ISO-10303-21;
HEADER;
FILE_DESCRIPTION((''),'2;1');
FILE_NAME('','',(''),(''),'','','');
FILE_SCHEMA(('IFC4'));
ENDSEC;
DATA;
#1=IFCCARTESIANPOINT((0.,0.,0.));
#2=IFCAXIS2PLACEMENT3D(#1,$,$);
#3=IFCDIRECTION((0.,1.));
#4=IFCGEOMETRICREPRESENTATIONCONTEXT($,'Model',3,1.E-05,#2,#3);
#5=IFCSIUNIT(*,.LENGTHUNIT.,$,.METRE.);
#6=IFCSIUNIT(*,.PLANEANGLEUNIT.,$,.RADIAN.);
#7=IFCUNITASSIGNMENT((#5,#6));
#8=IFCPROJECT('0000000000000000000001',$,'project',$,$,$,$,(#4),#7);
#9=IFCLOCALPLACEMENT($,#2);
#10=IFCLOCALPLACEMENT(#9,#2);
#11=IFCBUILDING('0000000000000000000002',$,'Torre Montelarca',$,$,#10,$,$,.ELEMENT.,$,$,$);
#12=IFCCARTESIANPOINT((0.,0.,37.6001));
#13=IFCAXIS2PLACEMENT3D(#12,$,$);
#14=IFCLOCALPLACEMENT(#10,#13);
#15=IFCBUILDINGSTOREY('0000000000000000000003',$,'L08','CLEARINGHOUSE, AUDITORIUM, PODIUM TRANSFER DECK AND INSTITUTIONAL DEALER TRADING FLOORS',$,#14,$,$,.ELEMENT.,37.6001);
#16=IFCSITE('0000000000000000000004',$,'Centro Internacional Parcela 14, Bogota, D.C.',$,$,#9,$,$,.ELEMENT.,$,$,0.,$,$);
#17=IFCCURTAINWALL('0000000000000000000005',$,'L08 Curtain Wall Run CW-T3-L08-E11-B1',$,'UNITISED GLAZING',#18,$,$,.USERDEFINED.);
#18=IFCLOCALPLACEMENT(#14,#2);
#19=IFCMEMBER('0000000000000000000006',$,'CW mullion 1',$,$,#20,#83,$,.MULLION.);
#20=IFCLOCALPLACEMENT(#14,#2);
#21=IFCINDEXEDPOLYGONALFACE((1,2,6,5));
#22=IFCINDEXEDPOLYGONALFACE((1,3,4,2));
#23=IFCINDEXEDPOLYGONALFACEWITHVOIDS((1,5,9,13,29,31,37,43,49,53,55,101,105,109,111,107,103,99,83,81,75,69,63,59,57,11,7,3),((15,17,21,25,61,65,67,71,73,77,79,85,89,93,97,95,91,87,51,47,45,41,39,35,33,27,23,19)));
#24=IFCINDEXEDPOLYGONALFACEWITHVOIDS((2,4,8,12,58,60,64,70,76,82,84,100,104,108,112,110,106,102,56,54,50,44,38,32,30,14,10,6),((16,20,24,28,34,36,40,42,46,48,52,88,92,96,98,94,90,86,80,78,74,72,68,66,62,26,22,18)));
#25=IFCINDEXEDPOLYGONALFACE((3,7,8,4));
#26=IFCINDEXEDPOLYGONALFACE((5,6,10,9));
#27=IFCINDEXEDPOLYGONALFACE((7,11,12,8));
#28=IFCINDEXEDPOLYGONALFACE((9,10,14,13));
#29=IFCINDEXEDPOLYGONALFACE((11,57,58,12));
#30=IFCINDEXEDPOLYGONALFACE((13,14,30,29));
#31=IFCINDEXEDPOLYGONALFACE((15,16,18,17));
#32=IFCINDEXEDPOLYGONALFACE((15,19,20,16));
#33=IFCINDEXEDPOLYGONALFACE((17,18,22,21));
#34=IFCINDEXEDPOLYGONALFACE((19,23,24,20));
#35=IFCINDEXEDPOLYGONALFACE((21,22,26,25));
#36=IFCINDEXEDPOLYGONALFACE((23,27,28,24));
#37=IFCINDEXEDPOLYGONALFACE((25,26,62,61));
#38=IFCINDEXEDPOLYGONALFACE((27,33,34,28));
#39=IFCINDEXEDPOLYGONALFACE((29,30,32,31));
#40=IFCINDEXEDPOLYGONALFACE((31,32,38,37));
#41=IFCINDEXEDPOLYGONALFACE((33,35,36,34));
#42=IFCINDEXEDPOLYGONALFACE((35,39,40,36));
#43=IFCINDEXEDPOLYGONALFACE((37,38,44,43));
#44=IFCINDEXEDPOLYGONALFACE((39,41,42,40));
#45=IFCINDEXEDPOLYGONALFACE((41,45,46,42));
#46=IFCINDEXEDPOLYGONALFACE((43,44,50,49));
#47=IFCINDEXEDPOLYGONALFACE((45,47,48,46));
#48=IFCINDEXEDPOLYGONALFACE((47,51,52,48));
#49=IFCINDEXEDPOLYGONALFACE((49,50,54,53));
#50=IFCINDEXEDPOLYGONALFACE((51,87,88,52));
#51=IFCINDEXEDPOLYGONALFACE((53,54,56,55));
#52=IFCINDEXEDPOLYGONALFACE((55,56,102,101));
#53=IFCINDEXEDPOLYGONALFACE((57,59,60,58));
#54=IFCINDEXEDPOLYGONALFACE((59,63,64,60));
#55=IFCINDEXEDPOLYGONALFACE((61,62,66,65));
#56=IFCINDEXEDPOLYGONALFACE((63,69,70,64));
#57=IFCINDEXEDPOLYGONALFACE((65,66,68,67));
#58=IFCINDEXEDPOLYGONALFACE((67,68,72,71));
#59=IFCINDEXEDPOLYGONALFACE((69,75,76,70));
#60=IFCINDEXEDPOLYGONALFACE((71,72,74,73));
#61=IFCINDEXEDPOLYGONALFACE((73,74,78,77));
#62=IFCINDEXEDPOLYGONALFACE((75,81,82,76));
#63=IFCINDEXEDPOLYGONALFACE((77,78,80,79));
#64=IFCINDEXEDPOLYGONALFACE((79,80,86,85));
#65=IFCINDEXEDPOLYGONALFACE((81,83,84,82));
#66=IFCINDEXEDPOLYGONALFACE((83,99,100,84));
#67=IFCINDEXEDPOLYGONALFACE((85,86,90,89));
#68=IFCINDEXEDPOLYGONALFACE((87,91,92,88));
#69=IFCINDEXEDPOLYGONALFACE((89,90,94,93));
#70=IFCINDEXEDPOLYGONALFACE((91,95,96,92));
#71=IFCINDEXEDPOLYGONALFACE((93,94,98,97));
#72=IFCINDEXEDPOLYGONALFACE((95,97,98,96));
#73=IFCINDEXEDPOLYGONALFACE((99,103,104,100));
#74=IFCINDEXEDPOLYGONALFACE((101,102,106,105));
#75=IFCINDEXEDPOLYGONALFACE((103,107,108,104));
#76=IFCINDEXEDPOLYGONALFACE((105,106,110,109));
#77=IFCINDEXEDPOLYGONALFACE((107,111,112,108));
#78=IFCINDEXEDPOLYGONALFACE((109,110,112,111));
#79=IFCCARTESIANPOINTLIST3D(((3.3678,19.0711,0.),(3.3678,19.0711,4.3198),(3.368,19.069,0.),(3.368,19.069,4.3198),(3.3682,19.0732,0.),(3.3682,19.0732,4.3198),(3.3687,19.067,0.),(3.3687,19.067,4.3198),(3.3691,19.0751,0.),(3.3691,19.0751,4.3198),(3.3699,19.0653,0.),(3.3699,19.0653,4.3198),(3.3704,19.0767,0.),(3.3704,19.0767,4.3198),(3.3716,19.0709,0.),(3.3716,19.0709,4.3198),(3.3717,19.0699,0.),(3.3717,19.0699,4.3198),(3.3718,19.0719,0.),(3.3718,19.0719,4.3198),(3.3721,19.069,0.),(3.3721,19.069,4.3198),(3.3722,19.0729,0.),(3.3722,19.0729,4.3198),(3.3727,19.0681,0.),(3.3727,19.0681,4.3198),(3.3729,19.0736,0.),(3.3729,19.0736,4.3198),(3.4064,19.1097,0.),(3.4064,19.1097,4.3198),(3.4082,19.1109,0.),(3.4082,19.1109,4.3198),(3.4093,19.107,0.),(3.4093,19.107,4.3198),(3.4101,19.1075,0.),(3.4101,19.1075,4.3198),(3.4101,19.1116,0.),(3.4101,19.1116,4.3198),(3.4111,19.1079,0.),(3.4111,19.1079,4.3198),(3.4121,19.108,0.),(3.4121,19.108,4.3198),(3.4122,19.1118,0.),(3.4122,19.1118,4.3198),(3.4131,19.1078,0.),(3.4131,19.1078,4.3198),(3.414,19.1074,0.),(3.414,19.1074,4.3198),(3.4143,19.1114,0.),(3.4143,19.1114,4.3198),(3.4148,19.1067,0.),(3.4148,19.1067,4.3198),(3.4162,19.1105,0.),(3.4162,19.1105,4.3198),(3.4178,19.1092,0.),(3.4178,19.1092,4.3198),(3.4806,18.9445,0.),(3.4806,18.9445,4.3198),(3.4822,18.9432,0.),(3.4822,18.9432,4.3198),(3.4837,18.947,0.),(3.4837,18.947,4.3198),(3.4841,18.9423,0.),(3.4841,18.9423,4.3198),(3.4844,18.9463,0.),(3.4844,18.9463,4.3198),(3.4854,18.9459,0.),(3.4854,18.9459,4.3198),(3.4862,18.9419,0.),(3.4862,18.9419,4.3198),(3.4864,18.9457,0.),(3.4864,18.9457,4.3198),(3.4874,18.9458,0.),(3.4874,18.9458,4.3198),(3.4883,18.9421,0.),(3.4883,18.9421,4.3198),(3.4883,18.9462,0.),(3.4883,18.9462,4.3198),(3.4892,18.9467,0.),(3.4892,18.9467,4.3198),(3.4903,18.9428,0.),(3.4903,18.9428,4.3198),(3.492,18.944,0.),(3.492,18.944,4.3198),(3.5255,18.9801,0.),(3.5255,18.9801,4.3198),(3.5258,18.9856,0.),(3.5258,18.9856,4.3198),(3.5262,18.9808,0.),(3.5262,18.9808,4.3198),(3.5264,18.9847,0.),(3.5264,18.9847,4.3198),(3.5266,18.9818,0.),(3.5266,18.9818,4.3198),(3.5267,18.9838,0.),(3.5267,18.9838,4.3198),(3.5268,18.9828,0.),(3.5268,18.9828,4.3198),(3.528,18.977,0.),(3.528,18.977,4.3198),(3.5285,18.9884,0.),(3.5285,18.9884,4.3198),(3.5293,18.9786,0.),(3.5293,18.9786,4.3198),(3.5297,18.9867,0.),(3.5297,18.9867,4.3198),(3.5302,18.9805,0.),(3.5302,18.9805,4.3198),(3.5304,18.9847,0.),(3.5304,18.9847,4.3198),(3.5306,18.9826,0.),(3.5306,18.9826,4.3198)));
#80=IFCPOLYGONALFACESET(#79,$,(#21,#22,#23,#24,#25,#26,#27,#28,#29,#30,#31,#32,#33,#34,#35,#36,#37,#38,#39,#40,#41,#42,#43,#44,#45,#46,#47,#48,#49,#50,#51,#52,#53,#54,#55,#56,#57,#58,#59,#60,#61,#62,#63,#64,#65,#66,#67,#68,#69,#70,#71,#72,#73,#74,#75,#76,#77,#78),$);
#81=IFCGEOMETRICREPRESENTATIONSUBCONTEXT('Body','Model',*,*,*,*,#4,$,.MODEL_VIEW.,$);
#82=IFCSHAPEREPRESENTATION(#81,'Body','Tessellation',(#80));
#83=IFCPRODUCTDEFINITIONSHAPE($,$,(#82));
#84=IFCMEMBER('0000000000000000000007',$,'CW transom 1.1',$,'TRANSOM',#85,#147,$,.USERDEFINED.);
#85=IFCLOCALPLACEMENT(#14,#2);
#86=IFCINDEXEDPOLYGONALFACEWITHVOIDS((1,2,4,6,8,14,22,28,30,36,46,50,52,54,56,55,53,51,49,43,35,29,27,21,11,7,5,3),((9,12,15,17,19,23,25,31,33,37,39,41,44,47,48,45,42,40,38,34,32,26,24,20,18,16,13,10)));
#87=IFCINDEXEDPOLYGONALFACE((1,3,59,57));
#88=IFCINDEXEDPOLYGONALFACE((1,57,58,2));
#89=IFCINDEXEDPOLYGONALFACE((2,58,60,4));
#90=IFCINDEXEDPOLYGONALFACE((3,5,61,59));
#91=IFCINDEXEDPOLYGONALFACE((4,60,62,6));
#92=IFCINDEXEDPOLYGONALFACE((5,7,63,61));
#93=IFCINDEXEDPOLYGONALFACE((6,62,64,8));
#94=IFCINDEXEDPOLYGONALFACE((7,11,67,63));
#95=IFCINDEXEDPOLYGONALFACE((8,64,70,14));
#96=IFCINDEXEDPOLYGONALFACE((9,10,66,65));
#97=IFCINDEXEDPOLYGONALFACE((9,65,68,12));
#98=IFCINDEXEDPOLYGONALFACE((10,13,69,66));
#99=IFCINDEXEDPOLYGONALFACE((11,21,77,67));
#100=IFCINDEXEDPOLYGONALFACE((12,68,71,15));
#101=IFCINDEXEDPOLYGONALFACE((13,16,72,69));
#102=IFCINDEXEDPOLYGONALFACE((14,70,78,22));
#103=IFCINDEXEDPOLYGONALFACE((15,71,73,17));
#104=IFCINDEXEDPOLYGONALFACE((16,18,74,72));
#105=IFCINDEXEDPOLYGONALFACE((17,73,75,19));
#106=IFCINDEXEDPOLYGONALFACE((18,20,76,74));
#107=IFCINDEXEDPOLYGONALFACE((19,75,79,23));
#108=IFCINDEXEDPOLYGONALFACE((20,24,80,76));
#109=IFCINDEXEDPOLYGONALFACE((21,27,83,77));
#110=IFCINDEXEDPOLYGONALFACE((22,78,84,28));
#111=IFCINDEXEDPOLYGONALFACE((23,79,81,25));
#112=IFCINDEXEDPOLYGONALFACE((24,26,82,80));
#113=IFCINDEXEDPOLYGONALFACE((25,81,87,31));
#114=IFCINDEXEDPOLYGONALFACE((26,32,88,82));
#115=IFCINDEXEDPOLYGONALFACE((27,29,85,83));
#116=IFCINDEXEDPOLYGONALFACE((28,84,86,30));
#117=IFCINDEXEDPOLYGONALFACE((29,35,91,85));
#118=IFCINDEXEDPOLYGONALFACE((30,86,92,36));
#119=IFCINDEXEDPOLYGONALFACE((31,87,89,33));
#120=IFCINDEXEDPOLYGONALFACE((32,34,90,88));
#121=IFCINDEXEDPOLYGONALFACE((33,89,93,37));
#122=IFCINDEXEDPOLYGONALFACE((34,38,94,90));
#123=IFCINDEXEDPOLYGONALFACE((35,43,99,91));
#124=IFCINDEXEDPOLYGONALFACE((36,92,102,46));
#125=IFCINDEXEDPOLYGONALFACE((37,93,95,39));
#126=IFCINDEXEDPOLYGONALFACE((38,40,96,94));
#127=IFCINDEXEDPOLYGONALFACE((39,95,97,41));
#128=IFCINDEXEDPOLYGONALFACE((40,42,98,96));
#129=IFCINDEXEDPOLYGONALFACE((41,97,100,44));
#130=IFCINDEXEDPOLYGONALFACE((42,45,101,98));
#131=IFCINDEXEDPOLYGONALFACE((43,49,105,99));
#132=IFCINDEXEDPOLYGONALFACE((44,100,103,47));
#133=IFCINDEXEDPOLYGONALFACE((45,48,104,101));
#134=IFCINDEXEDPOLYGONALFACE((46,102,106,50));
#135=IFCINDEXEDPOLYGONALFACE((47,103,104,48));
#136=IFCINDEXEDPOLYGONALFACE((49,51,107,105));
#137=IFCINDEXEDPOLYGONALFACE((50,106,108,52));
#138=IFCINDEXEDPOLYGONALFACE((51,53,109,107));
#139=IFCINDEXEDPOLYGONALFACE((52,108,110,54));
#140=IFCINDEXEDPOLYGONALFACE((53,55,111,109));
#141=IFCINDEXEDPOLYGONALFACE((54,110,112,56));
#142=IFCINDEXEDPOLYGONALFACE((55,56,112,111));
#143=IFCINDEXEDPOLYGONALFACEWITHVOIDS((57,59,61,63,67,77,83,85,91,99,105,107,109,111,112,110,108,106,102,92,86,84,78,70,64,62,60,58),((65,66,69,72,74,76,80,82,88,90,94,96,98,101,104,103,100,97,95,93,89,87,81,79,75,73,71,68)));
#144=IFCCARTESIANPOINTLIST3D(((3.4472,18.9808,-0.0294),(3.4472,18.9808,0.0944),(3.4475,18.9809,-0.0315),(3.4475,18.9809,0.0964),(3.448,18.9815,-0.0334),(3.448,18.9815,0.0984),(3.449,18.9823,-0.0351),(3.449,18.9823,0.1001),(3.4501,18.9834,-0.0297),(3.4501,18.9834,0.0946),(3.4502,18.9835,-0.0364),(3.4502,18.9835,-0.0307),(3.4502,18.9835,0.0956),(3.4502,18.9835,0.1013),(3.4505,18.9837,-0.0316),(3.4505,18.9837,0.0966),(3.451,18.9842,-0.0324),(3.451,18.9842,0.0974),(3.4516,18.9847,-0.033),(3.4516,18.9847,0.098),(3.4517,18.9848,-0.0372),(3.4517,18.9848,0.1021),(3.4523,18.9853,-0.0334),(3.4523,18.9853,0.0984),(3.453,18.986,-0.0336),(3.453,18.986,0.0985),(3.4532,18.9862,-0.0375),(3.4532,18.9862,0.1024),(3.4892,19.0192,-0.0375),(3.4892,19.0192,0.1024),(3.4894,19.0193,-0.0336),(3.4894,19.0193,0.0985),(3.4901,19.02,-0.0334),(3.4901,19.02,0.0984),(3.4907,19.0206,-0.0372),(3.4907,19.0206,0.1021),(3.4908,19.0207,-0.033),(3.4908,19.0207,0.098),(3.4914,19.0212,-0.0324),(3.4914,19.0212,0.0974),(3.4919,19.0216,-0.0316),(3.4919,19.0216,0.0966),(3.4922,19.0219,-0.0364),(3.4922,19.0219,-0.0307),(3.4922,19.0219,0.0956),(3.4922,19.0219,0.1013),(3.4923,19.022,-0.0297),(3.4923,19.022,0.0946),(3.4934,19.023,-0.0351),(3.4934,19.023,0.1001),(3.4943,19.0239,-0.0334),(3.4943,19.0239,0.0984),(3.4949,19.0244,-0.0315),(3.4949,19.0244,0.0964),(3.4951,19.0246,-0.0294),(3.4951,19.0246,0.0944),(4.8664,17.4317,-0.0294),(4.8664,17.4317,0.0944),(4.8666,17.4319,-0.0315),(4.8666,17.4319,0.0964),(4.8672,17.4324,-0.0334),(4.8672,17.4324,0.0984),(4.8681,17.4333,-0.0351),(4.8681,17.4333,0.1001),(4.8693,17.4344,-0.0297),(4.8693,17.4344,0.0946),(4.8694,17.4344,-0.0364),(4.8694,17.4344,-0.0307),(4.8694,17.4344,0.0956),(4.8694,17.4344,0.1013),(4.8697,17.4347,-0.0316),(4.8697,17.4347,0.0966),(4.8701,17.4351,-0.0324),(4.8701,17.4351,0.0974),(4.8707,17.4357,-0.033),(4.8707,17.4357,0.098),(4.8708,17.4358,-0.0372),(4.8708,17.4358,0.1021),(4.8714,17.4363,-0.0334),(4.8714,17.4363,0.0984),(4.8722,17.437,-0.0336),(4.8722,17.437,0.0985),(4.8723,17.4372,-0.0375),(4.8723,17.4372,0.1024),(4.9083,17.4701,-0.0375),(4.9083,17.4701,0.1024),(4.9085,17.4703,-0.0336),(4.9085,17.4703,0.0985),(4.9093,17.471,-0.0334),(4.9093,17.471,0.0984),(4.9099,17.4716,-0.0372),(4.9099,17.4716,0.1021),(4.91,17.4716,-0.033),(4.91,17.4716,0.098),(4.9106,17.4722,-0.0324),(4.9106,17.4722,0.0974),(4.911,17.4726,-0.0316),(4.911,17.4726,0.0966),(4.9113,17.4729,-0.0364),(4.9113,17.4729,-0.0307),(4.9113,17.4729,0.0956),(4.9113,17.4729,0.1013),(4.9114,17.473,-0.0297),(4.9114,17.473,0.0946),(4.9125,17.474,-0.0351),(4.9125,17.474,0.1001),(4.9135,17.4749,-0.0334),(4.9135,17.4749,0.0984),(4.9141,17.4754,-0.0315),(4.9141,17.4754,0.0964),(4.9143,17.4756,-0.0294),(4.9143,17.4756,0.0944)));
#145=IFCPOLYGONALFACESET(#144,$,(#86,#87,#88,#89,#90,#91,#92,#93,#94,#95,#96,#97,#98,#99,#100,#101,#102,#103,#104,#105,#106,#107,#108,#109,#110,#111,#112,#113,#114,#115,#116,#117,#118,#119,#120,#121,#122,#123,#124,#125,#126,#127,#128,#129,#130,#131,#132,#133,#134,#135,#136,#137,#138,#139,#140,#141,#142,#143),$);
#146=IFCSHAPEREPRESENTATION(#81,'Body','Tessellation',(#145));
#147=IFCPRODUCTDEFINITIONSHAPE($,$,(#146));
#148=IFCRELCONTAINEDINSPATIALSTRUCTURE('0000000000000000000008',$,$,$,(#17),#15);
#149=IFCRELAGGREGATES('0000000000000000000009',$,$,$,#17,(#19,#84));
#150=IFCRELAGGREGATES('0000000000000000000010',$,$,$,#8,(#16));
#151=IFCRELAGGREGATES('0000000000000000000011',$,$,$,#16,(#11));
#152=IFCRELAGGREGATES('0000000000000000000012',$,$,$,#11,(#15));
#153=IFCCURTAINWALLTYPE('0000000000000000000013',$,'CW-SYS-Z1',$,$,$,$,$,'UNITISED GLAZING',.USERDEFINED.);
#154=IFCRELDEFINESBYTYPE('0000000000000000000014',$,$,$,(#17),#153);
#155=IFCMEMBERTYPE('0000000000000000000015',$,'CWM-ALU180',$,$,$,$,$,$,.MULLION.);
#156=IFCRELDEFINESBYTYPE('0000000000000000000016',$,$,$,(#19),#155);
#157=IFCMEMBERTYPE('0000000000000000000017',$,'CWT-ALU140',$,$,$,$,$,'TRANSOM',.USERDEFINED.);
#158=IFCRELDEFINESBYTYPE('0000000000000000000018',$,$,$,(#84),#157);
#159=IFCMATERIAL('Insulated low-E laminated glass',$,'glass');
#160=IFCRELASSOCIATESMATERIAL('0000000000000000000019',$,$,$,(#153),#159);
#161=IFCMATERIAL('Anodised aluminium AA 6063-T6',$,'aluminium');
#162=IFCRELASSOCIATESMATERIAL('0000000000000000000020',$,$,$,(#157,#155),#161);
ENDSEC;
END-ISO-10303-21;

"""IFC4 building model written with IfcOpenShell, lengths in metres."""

from ifc_helpers import new_model, si_unit, direction, frame, origin, origin_2d, place, context, subcontext, project, spatial, hollow_rectangle, extrude, source, transform, mapped, material, material_profile, profile_set, type_object, element, aggregate, save


model = new_model("IFC4")

# Units and contexts
model_context = context("Model", 3, precision=1e-05, world=origin(), true_north=direction((0.0, 1.0)))
body_context = subcontext(model_context, "Body", "Model", "MODEL_VIEW")
ifc_project = project(units=[si_unit("LENGTHUNIT", "METRE"), si_unit("PLANEANGLEUNIT", "RADIAN")], contexts=[model_context])

# Site, building, storey
site_placement = place(None, origin())
site = spatial("IfcSite", under=ifc_project, at=site_placement, Name="Centro Internacional Parcela 14, Bogota, D.C.", CompositionType="ELEMENT", RefElevation=0.0)
building_placement = place(site_placement, origin())
building = spatial("IfcBuilding", under=site, at=building_placement, Name="Torre Montelarca", CompositionType="ELEMENT")
storey_placement = place(building_placement, frame((0.0, 0.0, 37.6001)))
storey = spatial("IfcBuildingStorey", under=building, at=storey_placement, Name="L08", Description="CLEARINGHOUSE, AUDITORIUM, PODIUM TRANSFER DECK AND INSTITUTIONAL DEALER TRADING FLOORS", CompositionType="ELEMENT", Elevation=37.6001)

# Shared definitions
ifc_material_1 = material(Name="Insulated low-E laminated glass", Category="glass")
curtain_wall_type = type_object("IfcCurtainWallType", Name="CW-SYS-Z1", ElementType="UNITISED GLAZING", PredefinedType="USERDEFINED", material=ifc_material_1)
ifc_material_2 = material(Name="Anodised aluminium AA 6063-T6", Category="aluminium")
ifc_material_profile_1 = material_profile(ifc_material_2, hollow_rectangle(XDim=0.0649, YDim=0.1399, WallThickness=0.0039, InnerFilletRadius=0.0039, OuterFilletRadius=0.0081, at=origin_2d()), Name="ALU65X140X4", Category="aluminium")
ifc_profile_set_1 = profile_set([ifc_material_profile_1], Name="Anodised aluminium AA 6063-T6")
member_type_1 = type_object("IfcMemberType", Name="CWT-ALU140", ElementType="TRANSOM", PredefinedType="USERDEFINED", material=ifc_profile_set_1)

# Shared definitions
ifc_material_profile_2 = material_profile(ifc_material_2, hollow_rectangle(XDim=0.0649, YDim=0.1799, WallThickness=0.0039, InnerFilletRadius=0.0039, OuterFilletRadius=0.0081, at=origin_2d()), Name="ALU65X180X4", Category="aluminium")
ifc_profile_set_2 = profile_set([ifc_material_profile_2], Name="Anodised aluminium AA 6063-T6")
member_type_2 = type_object("IfcMemberType", Name="CWM-ALU180", PredefinedType="MULLION", material=ifc_profile_set_2)
shared_shape_1 = source(origin(), body_context, "Body", "SweptSolid", [
    extrude(hollow_rectangle(XDim=0.0649, YDim=0.1799, WallThickness=0.0039, InnerFilletRadius=0.0039, OuterFilletRadius=0.0081, at=origin_2d()), origin(), (0.0, 0.0, 1.0), 4.3198),
])

# Curtain wall, members
curtain_wall_1_placement = place(storey_placement, origin())
curtain_wall_1 = element("IfcCurtainWall", 1, at=curtain_wall_1_placement, inside=storey, type_object=curtain_wall_type, Name="L08 Curtain Wall Run CW-T3-L08-E11-B1", ObjectType="UNITISED GLAZING", PredefinedType="USERDEFINED")
member_1_placement = place(storey_placement, frame((3.4492, 19.0269, 0.0), z_axis=(0.0, 0.0, 1.0), x_axis=(0.737295, 0.675571, 0.0)))
member_1 = element("IfcMember", 2, at=member_1_placement, type_object=member_type_2, Name="CW mullion 1", PredefinedType="MULLION", context=body_context, shape_type="MappedRepresentation", body=[
    mapped(shared_shape_1, transform((0.0, 0.0, 0.0), scale=1.0)),
])
shared_shape_2 = source(origin(), body_context, "Body", "SweptSolid", [
    extrude(hollow_rectangle(XDim=0.0649, YDim=0.1399, WallThickness=0.0039, InnerFilletRadius=0.0039, OuterFilletRadius=0.0081, at=origin_2d()), origin(), (0.0, 0.0, 1.0), 2.1008),
])
member_2_placement = place(storey_placement, frame((3.4712, 19.0027, 0.0325), z_axis=(0.675519, -0.737342, 0.0), x_axis=(0.737342, 0.675519, 0.0)))
member_2 = element("IfcMember", 3, at=member_2_placement, type_object=member_type_1, Name="CW transom 1.1", ObjectType="TRANSOM", PredefinedType="USERDEFINED", context=body_context, shape_type="MappedRepresentation", body=[
    mapped(shared_shape_2, transform((0.0, 0.0, 0.0), scale=1.0)),
])
aggregate(curtain_wall_1, [member_1, member_2])

save(model, "model.ifc")
